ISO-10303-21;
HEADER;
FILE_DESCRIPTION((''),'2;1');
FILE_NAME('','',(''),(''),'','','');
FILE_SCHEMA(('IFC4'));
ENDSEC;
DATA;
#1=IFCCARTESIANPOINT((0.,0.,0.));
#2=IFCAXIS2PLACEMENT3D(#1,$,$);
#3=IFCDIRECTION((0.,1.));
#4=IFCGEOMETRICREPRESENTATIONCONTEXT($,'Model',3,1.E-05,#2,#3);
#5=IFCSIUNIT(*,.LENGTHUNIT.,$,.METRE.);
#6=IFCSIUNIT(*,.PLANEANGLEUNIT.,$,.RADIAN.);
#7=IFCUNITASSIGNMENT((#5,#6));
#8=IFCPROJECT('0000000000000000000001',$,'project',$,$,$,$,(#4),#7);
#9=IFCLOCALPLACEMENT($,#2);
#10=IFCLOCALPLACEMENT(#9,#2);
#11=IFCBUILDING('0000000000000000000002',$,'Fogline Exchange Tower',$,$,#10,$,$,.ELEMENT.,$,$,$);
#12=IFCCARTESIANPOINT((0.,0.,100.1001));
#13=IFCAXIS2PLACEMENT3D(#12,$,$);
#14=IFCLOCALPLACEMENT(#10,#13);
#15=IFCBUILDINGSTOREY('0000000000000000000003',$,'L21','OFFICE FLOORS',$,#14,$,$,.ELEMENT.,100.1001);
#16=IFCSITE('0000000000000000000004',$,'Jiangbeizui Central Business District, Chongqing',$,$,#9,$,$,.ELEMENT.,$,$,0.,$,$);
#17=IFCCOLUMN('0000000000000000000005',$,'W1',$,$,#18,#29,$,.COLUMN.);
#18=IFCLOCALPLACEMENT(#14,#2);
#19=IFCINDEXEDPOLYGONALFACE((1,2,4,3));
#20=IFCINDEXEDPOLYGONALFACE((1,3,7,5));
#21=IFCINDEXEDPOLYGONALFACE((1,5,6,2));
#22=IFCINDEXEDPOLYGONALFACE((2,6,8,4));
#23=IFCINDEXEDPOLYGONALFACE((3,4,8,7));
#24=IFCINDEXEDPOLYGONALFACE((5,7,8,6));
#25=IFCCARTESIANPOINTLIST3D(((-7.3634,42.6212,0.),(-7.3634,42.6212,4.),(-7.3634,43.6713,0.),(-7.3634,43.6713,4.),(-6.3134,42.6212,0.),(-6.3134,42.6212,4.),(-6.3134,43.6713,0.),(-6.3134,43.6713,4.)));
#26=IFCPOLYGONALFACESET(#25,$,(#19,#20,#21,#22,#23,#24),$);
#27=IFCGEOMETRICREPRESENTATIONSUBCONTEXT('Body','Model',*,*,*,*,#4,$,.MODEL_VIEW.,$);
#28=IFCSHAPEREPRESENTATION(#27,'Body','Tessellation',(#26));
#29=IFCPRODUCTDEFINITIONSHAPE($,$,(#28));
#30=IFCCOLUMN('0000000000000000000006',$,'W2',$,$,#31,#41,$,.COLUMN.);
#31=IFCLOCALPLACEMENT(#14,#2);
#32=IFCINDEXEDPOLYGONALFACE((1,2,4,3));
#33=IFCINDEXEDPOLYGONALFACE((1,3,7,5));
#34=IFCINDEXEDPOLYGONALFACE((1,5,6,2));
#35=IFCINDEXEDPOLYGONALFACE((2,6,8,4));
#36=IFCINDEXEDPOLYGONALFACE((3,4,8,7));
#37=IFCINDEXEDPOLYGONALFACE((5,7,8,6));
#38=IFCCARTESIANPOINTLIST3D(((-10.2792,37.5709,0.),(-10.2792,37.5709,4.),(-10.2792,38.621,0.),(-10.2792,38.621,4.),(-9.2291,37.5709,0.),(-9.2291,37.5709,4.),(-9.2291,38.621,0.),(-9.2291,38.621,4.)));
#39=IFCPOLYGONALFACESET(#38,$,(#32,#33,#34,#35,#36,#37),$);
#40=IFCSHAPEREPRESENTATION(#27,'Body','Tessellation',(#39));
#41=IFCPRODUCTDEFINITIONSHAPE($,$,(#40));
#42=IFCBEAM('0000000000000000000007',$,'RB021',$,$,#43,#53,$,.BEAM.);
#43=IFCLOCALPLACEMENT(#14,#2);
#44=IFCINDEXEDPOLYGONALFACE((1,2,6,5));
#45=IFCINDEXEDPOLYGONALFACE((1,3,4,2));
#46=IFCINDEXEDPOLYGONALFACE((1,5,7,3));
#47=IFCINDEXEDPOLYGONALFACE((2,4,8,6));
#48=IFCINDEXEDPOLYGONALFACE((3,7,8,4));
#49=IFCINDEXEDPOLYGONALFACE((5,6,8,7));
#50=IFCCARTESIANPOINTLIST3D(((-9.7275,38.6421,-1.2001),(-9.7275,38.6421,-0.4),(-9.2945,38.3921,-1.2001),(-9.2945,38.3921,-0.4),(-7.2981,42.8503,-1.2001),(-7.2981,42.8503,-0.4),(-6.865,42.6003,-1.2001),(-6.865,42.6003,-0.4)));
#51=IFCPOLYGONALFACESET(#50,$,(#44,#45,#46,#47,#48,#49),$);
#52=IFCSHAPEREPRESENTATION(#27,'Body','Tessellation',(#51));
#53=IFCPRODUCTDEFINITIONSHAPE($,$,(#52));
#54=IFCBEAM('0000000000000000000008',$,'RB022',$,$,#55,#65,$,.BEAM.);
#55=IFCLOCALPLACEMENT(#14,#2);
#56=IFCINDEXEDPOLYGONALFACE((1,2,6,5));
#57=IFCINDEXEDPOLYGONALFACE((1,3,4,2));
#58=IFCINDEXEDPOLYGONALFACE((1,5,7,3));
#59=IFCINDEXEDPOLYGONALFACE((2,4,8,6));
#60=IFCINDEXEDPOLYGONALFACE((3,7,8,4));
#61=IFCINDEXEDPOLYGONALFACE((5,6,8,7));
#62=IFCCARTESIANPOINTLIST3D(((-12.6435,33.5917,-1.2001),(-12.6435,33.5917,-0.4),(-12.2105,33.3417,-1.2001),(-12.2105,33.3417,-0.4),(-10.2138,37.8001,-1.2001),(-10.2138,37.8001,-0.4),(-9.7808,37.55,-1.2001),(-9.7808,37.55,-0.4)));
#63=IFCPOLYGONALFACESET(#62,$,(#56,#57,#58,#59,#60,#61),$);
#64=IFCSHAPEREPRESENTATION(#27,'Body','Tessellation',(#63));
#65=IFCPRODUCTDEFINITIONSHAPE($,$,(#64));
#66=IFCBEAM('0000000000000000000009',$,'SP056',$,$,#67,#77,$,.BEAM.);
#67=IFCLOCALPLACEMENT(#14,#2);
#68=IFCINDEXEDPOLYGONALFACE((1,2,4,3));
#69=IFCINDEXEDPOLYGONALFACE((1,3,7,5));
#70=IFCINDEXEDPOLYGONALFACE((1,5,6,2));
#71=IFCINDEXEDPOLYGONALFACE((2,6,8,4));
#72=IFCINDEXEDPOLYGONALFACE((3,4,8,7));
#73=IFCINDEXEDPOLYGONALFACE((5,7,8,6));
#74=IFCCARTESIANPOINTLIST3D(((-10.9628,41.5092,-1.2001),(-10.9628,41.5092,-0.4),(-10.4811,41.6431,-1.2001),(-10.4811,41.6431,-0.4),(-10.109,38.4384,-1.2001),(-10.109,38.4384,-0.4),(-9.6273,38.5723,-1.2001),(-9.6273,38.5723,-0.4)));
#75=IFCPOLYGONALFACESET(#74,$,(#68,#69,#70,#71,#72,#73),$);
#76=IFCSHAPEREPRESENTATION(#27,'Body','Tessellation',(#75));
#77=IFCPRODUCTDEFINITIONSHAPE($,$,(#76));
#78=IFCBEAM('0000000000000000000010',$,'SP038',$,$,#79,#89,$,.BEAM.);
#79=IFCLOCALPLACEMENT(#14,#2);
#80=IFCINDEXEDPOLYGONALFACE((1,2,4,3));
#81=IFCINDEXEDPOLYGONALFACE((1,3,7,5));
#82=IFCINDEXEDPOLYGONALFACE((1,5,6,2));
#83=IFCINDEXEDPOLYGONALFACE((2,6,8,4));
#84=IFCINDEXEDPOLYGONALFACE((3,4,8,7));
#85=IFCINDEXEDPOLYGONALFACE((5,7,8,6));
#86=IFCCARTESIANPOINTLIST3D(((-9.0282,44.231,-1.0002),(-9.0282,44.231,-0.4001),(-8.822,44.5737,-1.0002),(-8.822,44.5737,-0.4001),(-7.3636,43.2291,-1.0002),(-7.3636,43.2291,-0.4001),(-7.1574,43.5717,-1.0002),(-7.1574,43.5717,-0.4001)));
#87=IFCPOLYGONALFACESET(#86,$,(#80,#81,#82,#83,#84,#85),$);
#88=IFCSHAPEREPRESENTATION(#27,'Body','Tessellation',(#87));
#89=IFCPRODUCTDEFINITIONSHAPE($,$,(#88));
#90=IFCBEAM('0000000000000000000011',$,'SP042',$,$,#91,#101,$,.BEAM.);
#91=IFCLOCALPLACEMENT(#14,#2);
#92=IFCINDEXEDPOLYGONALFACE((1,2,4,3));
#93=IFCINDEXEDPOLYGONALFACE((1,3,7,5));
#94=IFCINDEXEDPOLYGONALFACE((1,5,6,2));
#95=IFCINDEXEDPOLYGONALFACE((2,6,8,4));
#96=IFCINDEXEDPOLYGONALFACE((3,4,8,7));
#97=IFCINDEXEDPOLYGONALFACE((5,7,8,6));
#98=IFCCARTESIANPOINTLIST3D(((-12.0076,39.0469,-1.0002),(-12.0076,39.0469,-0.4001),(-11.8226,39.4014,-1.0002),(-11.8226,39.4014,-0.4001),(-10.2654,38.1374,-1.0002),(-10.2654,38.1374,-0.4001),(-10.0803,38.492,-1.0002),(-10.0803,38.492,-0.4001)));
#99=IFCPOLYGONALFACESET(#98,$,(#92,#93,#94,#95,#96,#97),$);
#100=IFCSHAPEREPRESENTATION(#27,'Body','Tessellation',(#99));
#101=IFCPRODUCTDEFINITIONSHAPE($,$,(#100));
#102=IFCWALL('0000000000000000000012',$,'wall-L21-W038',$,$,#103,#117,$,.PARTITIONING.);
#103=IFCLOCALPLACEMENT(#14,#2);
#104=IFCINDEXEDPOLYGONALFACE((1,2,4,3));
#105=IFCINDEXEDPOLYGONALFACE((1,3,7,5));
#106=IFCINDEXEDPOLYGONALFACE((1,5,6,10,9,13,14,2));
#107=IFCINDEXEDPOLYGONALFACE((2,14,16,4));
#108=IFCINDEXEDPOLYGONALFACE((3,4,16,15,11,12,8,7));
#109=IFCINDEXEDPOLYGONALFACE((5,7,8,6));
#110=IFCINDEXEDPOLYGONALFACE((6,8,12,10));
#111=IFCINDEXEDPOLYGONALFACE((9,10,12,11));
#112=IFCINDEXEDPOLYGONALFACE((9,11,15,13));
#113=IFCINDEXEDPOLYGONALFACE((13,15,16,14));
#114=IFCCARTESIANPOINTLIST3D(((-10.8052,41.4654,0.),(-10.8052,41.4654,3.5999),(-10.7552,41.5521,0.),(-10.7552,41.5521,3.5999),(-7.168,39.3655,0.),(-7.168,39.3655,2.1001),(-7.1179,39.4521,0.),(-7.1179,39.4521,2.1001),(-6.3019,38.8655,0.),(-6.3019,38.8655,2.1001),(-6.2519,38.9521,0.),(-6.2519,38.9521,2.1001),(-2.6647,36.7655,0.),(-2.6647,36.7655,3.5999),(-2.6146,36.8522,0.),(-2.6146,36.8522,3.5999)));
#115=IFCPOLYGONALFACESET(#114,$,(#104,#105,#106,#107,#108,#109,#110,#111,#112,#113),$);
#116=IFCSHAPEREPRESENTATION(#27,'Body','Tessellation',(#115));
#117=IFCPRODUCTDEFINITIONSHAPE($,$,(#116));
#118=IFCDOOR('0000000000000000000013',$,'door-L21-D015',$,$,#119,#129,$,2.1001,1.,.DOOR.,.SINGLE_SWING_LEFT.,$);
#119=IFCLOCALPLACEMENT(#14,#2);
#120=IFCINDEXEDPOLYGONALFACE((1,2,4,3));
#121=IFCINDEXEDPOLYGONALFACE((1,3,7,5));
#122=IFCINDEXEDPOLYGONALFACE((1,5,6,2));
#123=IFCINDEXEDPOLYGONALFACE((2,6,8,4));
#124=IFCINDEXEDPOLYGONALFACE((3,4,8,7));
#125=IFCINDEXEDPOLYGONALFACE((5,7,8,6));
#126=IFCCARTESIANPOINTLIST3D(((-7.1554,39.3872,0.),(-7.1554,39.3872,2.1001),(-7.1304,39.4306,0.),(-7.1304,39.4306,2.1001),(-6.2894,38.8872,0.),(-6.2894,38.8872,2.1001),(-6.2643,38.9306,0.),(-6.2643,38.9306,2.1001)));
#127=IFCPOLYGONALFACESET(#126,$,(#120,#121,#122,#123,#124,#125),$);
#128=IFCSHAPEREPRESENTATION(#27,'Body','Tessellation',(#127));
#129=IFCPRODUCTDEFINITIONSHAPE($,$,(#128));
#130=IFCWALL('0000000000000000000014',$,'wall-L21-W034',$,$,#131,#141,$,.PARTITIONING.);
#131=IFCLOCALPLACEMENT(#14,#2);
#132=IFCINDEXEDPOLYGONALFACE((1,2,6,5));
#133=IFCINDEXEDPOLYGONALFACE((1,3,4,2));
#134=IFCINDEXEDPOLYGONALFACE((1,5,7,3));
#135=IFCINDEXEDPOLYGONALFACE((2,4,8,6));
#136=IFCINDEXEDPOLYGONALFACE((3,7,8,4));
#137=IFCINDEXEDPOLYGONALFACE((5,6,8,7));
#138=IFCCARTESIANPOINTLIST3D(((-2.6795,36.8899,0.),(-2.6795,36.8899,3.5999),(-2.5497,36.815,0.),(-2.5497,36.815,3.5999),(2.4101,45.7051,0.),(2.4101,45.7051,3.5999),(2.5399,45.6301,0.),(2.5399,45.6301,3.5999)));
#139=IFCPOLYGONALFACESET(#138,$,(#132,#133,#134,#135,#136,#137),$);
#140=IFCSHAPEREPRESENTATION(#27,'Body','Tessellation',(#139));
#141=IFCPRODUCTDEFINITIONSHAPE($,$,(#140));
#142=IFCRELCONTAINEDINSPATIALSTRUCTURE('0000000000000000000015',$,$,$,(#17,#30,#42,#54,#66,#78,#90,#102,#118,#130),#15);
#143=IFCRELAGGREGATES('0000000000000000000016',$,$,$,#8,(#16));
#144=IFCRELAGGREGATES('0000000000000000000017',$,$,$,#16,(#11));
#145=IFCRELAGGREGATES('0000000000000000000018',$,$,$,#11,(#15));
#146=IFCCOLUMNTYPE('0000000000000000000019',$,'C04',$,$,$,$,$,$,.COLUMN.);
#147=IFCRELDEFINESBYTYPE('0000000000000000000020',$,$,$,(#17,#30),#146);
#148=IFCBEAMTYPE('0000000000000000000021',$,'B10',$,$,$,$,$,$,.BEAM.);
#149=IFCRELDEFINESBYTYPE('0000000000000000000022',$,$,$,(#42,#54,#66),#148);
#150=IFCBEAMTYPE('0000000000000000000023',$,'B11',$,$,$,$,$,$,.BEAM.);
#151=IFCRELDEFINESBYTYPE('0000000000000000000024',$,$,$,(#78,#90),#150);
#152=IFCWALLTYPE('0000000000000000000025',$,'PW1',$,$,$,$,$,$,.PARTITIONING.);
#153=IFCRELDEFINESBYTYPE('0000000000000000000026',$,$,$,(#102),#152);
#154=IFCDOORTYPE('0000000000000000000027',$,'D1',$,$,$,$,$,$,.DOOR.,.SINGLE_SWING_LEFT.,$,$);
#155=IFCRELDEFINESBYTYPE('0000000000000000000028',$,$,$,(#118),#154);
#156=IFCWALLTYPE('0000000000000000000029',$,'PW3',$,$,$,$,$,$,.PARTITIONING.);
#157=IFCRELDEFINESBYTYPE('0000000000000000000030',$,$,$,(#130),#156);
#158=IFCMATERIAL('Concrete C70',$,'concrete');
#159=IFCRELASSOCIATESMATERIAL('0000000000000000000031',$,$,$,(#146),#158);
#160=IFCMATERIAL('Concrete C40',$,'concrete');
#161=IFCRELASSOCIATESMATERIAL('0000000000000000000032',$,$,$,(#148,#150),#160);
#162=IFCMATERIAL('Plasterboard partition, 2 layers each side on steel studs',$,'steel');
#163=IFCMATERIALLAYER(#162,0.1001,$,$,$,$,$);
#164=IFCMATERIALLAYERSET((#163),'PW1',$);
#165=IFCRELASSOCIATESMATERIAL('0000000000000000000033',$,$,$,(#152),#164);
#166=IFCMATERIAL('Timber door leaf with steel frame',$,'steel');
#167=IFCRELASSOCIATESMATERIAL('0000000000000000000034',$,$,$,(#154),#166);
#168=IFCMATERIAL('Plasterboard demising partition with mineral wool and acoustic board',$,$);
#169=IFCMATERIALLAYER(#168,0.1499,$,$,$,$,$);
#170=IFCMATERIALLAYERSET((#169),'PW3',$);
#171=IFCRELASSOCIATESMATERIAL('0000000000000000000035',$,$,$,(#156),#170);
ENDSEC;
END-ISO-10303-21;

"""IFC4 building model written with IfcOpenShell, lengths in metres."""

from ifc_helpers import new_model, si_unit, direction, frame, frame_2d, origin, origin_2d, place, context, subcontext, project, spatial, rectangle, extrude, material, layer, layer_set, material_profile, profile_set, type_object, element, fill, save


model = new_model("IFC4")

# Units and contexts
model_context = context("Model", 3, precision=1e-05, world=origin(), true_north=direction((0.0, 1.0)))
body_context = subcontext(model_context, "Body", "Model", "MODEL_VIEW")
ifc_project = project(units=[si_unit("LENGTHUNIT", "METRE"), si_unit("PLANEANGLEUNIT", "RADIAN")], contexts=[model_context])

# Site, building, storey
site_placement = place(None, origin())
site = spatial("IfcSite", under=ifc_project, at=site_placement, Name="Jiangbeizui Central Business District, Chongqing", CompositionType="ELEMENT", RefElevation=0.0)
building_placement = place(site_placement, origin())
building = spatial("IfcBuilding", under=site, at=building_placement, Name="Fogline Exchange Tower", CompositionType="ELEMENT")
storey_placement = place(building_placement, frame((0.0, 0.0, 100.1001)))
storey = spatial("IfcBuildingStorey", under=building, at=storey_placement, Name="L21", Description="OFFICE FLOORS", CompositionType="ELEMENT", Elevation=100.1001)

# Columns
ifc_material_1 = material(Name="Concrete C70", Category="concrete")
ifc_material_profile_1 = material_profile(ifc_material_1, rectangle(XDim=1.05, YDim=1.05, at=origin_2d()), Name="RC 1050x1050")
ifc_profile_set_1 = profile_set([ifc_material_profile_1], Name="Concrete C70")
column_type = type_object("IfcColumnType", Name="C04", PredefinedType="COLUMN", material=ifc_profile_set_1)
for number, where, z_axis, x_axis, name in (
    (1, (-6.8384, 43.1462, 0.0), (0.0, 0.0, 1.0), (1.0, 0.0, 0.0), "W1"),
    (2, (-9.7542, 38.0959, 0.0), (0.0, 0.0, 1.0), (1.0, 0.0, 0.0), "W2"),
):
    element("IfcColumn", number, at=place(storey_placement, frame(where, z_axis=z_axis, x_axis=x_axis)), inside=storey, type_object=column_type, Name=name, PredefinedType="COLUMN", context=body_context, shape_type="SweptSolid", body=[
        extrude(rectangle(XDim=1.05, YDim=1.05, at=origin_2d()), origin(), (0.0, 0.0, 1.0), 4.0),
    ])

# Beams
ifc_material_2 = material(Name="Concrete C40", Category="concrete")
ifc_material_profile_2 = material_profile(ifc_material_2, rectangle(XDim=0.5, YDim=0.8, at=origin_2d()), Name="RC 500x800")
ifc_profile_set_2 = profile_set([ifc_material_profile_2], Name="Concrete C40")
beam_type_1 = type_object("IfcBeamType", Name="B10", PredefinedType="BEAM", material=ifc_profile_set_2)
beam_1_placement = place(storey_placement, frame((-7.0815, 42.7253, -0.8), z_axis=(-0.49997, -0.866043, 0.0), x_axis=(0.866043, -0.49997, 0.0)))
element("IfcBeam", 3, at=beam_1_placement, inside=storey, type_object=beam_type_1, Name="RB021", PredefinedType="BEAM", context=body_context, shape_type="SweptSolid", body=[
    extrude(rectangle(XDim=0.5, YDim=0.8, at=origin_2d()), origin(), (0.0, 0.0, 1.0), 4.8591),
])
beam_2_placement = place(storey_placement, frame((-9.9973, 37.675, -0.8), z_axis=(-0.500008, -0.866021, 0.0), x_axis=(0.866021, -0.500008, 0.0)))
element("IfcBeam", 4, at=beam_2_placement, inside=storey, type_object=beam_type_1, Name="RB022", PredefinedType="BEAM", context=body_context, shape_type="SweptSolid", body=[
    extrude(rectangle(XDim=0.5, YDim=0.8, at=origin_2d()), origin(), (0.0, 0.0, 1.0), 4.8594),
])
beam_3_placement = place(storey_placement, frame((-9.8682, 38.5054, -0.8), z_axis=(-0.267865, 0.963456, 0.0), x_axis=(-0.963456, -0.267865, 0.0)))
element("IfcBeam", 5, at=beam_3_placement, inside=storey, type_object=beam_type_1, Name="SP056", PredefinedType="BEAM", context=body_context, shape_type="SweptSolid", body=[
    extrude(rectangle(XDim=0.5, YDim=0.8, at=origin_2d()), origin(), (0.0, 0.0, 1.0), 3.1873),
])
ifc_material_profile_3 = material_profile(ifc_material_2, rectangle(XDim=0.3999, YDim=0.6001, at=origin_2d()), Name="RC 400x600")
ifc_profile_set_3 = profile_set([ifc_material_profile_3], Name="Concrete C40")
beam_type_2 = type_object("IfcBeamType", Name="B11", PredefinedType="BEAM", material=ifc_profile_set_3)
beam_4_placement = place(storey_placement, frame((-7.2605, 43.4004, -0.7002), z_axis=(-0.85676, 0.515715, 0.0), x_axis=(-0.515715, -0.85676, 0.0)))
element("IfcBeam", 6, at=beam_4_placement, inside=storey, type_object=beam_type_2, Name="SP038", PredefinedType="BEAM", context=body_context, shape_type="SweptSolid", body=[
    extrude(rectangle(XDim=0.3999, YDim=0.6001, at=origin_2d()), origin(), (0.0, 0.0, 1.0), 1.9429),
])
beam_5_placement = place(storey_placement, frame((-10.1729, 38.3147, -0.7002), z_axis=(-0.88649, 0.462749, 0.0), x_axis=(-0.462749, -0.88649, 0.0)))
element("IfcBeam", 7, at=beam_5_placement, inside=storey, type_object=beam_type_2, Name="SP042", PredefinedType="BEAM", context=body_context, shape_type="SweptSolid", body=[
    extrude(rectangle(XDim=0.3999, YDim=0.6001, at=origin_2d()), origin(), (0.0, 0.0, 1.0), 1.9653),
])

# Wall, opening, door
ifc_material_3 = material(Name="Plasterboard partition, 2 layers each side on steel studs", Category="steel")
ifc_layer_1 = layer(ifc_material_3, 0.1001)
ifc_layer_set_1 = layer_set([ifc_layer_1], Name="PW1")
wall_type_1 = type_object("IfcWallType", Name="PW1", PredefinedType="PARTITIONING", material=ifc_layer_set_1)
wall_1_placement = place(storey_placement, frame((-2.6396, 36.8088, 0.0), z_axis=(0.0, 0.0, 1.0), x_axis=(-0.866027, 0.499997, 0.0)))
wall_1 = element("IfcWall", 8, at=wall_1_placement, inside=storey, type_object=wall_type_1, Name="wall-L21-W038", PredefinedType="PARTITIONING", context=body_context, shape_type="SweptSolid", body=[
    extrude(rectangle(XDim=9.3999, YDim=0.1001, at=frame_2d((4.7, 0.0))), origin(), (0.0, 0.0, 1.0), 3.5999),
])
opening_placement = place(wall_1_placement, frame((4.2, 0.0, 0.0)))
opening = element("IfcOpeningElement", 9, at=opening_placement, cuts=wall_1, PredefinedType="OPENING", context=body_context, shape_type="SweptSolid", body=[
    extrude(rectangle(XDim=1.0, YDim=2.1001, at=frame_2d((0.5, 1.05))), frame((0.0, 0.0601, 0.0), z_axis=(0.0, -1.0, 0.0), x_axis=(1.0, 0.0, 0.0)), (0.0, 0.0, 1.0), 0.1201),
])
ifc_material_4 = material(Name="Timber door leaf with steel frame", Category="steel")
door_type = type_object("IfcDoorType", Name="D1", OperationType="SINGLE_SWING_LEFT", PredefinedType="DOOR", material=ifc_material_4)
door_placement = place(opening_placement, origin())
door = element("IfcDoor", 10, at=door_placement, inside=storey, type_object=door_type, Name="door-L21-D015", OperationType="SINGLE_SWING_LEFT", OverallHeight=2.1001, OverallWidth=1.0, PredefinedType="DOOR", context=body_context, shape_type="SweptSolid", body=[
    extrude(rectangle(XDim=1.0, YDim=2.1001, at=frame_2d((0.5, 1.05))), frame((0.0, 0.0249, 0.0), z_axis=(0.0, -1.0, 0.0), x_axis=(1.0, 0.0, 0.0)), (0.0, 0.0, 1.0), 0.05),
])
fill(opening, door)

# Wall
ifc_material_5 = material(Name="Plasterboard demising partition with mineral wool and acoustic board")
ifc_layer_2 = layer(ifc_material_5, 0.1499)
ifc_layer_set_2 = layer_set([ifc_layer_2], Name="PW3")
wall_type_2 = type_object("IfcWallType", Name="PW3", PredefinedType="PARTITIONING", material=ifc_layer_set_2)
wall_2_placement = place(storey_placement, frame((-2.6145, 36.8525, 0.0), z_axis=(0.0, 0.0, 1.0), x_axis=(0.500011, 0.866019, 0.0)))
element("IfcWall", 11, at=wall_2_placement, inside=storey, type_object=wall_type_2, Name="wall-L21-W034", PredefinedType="PARTITIONING", context=body_context, shape_type="SweptSolid", body=[
    extrude(rectangle(XDim=10.179, YDim=0.1499, at=frame_2d((5.0894, 0.0))), origin(), (0.0, 0.0, 1.0), 3.5999),
])

save(model, "model.ifc")
